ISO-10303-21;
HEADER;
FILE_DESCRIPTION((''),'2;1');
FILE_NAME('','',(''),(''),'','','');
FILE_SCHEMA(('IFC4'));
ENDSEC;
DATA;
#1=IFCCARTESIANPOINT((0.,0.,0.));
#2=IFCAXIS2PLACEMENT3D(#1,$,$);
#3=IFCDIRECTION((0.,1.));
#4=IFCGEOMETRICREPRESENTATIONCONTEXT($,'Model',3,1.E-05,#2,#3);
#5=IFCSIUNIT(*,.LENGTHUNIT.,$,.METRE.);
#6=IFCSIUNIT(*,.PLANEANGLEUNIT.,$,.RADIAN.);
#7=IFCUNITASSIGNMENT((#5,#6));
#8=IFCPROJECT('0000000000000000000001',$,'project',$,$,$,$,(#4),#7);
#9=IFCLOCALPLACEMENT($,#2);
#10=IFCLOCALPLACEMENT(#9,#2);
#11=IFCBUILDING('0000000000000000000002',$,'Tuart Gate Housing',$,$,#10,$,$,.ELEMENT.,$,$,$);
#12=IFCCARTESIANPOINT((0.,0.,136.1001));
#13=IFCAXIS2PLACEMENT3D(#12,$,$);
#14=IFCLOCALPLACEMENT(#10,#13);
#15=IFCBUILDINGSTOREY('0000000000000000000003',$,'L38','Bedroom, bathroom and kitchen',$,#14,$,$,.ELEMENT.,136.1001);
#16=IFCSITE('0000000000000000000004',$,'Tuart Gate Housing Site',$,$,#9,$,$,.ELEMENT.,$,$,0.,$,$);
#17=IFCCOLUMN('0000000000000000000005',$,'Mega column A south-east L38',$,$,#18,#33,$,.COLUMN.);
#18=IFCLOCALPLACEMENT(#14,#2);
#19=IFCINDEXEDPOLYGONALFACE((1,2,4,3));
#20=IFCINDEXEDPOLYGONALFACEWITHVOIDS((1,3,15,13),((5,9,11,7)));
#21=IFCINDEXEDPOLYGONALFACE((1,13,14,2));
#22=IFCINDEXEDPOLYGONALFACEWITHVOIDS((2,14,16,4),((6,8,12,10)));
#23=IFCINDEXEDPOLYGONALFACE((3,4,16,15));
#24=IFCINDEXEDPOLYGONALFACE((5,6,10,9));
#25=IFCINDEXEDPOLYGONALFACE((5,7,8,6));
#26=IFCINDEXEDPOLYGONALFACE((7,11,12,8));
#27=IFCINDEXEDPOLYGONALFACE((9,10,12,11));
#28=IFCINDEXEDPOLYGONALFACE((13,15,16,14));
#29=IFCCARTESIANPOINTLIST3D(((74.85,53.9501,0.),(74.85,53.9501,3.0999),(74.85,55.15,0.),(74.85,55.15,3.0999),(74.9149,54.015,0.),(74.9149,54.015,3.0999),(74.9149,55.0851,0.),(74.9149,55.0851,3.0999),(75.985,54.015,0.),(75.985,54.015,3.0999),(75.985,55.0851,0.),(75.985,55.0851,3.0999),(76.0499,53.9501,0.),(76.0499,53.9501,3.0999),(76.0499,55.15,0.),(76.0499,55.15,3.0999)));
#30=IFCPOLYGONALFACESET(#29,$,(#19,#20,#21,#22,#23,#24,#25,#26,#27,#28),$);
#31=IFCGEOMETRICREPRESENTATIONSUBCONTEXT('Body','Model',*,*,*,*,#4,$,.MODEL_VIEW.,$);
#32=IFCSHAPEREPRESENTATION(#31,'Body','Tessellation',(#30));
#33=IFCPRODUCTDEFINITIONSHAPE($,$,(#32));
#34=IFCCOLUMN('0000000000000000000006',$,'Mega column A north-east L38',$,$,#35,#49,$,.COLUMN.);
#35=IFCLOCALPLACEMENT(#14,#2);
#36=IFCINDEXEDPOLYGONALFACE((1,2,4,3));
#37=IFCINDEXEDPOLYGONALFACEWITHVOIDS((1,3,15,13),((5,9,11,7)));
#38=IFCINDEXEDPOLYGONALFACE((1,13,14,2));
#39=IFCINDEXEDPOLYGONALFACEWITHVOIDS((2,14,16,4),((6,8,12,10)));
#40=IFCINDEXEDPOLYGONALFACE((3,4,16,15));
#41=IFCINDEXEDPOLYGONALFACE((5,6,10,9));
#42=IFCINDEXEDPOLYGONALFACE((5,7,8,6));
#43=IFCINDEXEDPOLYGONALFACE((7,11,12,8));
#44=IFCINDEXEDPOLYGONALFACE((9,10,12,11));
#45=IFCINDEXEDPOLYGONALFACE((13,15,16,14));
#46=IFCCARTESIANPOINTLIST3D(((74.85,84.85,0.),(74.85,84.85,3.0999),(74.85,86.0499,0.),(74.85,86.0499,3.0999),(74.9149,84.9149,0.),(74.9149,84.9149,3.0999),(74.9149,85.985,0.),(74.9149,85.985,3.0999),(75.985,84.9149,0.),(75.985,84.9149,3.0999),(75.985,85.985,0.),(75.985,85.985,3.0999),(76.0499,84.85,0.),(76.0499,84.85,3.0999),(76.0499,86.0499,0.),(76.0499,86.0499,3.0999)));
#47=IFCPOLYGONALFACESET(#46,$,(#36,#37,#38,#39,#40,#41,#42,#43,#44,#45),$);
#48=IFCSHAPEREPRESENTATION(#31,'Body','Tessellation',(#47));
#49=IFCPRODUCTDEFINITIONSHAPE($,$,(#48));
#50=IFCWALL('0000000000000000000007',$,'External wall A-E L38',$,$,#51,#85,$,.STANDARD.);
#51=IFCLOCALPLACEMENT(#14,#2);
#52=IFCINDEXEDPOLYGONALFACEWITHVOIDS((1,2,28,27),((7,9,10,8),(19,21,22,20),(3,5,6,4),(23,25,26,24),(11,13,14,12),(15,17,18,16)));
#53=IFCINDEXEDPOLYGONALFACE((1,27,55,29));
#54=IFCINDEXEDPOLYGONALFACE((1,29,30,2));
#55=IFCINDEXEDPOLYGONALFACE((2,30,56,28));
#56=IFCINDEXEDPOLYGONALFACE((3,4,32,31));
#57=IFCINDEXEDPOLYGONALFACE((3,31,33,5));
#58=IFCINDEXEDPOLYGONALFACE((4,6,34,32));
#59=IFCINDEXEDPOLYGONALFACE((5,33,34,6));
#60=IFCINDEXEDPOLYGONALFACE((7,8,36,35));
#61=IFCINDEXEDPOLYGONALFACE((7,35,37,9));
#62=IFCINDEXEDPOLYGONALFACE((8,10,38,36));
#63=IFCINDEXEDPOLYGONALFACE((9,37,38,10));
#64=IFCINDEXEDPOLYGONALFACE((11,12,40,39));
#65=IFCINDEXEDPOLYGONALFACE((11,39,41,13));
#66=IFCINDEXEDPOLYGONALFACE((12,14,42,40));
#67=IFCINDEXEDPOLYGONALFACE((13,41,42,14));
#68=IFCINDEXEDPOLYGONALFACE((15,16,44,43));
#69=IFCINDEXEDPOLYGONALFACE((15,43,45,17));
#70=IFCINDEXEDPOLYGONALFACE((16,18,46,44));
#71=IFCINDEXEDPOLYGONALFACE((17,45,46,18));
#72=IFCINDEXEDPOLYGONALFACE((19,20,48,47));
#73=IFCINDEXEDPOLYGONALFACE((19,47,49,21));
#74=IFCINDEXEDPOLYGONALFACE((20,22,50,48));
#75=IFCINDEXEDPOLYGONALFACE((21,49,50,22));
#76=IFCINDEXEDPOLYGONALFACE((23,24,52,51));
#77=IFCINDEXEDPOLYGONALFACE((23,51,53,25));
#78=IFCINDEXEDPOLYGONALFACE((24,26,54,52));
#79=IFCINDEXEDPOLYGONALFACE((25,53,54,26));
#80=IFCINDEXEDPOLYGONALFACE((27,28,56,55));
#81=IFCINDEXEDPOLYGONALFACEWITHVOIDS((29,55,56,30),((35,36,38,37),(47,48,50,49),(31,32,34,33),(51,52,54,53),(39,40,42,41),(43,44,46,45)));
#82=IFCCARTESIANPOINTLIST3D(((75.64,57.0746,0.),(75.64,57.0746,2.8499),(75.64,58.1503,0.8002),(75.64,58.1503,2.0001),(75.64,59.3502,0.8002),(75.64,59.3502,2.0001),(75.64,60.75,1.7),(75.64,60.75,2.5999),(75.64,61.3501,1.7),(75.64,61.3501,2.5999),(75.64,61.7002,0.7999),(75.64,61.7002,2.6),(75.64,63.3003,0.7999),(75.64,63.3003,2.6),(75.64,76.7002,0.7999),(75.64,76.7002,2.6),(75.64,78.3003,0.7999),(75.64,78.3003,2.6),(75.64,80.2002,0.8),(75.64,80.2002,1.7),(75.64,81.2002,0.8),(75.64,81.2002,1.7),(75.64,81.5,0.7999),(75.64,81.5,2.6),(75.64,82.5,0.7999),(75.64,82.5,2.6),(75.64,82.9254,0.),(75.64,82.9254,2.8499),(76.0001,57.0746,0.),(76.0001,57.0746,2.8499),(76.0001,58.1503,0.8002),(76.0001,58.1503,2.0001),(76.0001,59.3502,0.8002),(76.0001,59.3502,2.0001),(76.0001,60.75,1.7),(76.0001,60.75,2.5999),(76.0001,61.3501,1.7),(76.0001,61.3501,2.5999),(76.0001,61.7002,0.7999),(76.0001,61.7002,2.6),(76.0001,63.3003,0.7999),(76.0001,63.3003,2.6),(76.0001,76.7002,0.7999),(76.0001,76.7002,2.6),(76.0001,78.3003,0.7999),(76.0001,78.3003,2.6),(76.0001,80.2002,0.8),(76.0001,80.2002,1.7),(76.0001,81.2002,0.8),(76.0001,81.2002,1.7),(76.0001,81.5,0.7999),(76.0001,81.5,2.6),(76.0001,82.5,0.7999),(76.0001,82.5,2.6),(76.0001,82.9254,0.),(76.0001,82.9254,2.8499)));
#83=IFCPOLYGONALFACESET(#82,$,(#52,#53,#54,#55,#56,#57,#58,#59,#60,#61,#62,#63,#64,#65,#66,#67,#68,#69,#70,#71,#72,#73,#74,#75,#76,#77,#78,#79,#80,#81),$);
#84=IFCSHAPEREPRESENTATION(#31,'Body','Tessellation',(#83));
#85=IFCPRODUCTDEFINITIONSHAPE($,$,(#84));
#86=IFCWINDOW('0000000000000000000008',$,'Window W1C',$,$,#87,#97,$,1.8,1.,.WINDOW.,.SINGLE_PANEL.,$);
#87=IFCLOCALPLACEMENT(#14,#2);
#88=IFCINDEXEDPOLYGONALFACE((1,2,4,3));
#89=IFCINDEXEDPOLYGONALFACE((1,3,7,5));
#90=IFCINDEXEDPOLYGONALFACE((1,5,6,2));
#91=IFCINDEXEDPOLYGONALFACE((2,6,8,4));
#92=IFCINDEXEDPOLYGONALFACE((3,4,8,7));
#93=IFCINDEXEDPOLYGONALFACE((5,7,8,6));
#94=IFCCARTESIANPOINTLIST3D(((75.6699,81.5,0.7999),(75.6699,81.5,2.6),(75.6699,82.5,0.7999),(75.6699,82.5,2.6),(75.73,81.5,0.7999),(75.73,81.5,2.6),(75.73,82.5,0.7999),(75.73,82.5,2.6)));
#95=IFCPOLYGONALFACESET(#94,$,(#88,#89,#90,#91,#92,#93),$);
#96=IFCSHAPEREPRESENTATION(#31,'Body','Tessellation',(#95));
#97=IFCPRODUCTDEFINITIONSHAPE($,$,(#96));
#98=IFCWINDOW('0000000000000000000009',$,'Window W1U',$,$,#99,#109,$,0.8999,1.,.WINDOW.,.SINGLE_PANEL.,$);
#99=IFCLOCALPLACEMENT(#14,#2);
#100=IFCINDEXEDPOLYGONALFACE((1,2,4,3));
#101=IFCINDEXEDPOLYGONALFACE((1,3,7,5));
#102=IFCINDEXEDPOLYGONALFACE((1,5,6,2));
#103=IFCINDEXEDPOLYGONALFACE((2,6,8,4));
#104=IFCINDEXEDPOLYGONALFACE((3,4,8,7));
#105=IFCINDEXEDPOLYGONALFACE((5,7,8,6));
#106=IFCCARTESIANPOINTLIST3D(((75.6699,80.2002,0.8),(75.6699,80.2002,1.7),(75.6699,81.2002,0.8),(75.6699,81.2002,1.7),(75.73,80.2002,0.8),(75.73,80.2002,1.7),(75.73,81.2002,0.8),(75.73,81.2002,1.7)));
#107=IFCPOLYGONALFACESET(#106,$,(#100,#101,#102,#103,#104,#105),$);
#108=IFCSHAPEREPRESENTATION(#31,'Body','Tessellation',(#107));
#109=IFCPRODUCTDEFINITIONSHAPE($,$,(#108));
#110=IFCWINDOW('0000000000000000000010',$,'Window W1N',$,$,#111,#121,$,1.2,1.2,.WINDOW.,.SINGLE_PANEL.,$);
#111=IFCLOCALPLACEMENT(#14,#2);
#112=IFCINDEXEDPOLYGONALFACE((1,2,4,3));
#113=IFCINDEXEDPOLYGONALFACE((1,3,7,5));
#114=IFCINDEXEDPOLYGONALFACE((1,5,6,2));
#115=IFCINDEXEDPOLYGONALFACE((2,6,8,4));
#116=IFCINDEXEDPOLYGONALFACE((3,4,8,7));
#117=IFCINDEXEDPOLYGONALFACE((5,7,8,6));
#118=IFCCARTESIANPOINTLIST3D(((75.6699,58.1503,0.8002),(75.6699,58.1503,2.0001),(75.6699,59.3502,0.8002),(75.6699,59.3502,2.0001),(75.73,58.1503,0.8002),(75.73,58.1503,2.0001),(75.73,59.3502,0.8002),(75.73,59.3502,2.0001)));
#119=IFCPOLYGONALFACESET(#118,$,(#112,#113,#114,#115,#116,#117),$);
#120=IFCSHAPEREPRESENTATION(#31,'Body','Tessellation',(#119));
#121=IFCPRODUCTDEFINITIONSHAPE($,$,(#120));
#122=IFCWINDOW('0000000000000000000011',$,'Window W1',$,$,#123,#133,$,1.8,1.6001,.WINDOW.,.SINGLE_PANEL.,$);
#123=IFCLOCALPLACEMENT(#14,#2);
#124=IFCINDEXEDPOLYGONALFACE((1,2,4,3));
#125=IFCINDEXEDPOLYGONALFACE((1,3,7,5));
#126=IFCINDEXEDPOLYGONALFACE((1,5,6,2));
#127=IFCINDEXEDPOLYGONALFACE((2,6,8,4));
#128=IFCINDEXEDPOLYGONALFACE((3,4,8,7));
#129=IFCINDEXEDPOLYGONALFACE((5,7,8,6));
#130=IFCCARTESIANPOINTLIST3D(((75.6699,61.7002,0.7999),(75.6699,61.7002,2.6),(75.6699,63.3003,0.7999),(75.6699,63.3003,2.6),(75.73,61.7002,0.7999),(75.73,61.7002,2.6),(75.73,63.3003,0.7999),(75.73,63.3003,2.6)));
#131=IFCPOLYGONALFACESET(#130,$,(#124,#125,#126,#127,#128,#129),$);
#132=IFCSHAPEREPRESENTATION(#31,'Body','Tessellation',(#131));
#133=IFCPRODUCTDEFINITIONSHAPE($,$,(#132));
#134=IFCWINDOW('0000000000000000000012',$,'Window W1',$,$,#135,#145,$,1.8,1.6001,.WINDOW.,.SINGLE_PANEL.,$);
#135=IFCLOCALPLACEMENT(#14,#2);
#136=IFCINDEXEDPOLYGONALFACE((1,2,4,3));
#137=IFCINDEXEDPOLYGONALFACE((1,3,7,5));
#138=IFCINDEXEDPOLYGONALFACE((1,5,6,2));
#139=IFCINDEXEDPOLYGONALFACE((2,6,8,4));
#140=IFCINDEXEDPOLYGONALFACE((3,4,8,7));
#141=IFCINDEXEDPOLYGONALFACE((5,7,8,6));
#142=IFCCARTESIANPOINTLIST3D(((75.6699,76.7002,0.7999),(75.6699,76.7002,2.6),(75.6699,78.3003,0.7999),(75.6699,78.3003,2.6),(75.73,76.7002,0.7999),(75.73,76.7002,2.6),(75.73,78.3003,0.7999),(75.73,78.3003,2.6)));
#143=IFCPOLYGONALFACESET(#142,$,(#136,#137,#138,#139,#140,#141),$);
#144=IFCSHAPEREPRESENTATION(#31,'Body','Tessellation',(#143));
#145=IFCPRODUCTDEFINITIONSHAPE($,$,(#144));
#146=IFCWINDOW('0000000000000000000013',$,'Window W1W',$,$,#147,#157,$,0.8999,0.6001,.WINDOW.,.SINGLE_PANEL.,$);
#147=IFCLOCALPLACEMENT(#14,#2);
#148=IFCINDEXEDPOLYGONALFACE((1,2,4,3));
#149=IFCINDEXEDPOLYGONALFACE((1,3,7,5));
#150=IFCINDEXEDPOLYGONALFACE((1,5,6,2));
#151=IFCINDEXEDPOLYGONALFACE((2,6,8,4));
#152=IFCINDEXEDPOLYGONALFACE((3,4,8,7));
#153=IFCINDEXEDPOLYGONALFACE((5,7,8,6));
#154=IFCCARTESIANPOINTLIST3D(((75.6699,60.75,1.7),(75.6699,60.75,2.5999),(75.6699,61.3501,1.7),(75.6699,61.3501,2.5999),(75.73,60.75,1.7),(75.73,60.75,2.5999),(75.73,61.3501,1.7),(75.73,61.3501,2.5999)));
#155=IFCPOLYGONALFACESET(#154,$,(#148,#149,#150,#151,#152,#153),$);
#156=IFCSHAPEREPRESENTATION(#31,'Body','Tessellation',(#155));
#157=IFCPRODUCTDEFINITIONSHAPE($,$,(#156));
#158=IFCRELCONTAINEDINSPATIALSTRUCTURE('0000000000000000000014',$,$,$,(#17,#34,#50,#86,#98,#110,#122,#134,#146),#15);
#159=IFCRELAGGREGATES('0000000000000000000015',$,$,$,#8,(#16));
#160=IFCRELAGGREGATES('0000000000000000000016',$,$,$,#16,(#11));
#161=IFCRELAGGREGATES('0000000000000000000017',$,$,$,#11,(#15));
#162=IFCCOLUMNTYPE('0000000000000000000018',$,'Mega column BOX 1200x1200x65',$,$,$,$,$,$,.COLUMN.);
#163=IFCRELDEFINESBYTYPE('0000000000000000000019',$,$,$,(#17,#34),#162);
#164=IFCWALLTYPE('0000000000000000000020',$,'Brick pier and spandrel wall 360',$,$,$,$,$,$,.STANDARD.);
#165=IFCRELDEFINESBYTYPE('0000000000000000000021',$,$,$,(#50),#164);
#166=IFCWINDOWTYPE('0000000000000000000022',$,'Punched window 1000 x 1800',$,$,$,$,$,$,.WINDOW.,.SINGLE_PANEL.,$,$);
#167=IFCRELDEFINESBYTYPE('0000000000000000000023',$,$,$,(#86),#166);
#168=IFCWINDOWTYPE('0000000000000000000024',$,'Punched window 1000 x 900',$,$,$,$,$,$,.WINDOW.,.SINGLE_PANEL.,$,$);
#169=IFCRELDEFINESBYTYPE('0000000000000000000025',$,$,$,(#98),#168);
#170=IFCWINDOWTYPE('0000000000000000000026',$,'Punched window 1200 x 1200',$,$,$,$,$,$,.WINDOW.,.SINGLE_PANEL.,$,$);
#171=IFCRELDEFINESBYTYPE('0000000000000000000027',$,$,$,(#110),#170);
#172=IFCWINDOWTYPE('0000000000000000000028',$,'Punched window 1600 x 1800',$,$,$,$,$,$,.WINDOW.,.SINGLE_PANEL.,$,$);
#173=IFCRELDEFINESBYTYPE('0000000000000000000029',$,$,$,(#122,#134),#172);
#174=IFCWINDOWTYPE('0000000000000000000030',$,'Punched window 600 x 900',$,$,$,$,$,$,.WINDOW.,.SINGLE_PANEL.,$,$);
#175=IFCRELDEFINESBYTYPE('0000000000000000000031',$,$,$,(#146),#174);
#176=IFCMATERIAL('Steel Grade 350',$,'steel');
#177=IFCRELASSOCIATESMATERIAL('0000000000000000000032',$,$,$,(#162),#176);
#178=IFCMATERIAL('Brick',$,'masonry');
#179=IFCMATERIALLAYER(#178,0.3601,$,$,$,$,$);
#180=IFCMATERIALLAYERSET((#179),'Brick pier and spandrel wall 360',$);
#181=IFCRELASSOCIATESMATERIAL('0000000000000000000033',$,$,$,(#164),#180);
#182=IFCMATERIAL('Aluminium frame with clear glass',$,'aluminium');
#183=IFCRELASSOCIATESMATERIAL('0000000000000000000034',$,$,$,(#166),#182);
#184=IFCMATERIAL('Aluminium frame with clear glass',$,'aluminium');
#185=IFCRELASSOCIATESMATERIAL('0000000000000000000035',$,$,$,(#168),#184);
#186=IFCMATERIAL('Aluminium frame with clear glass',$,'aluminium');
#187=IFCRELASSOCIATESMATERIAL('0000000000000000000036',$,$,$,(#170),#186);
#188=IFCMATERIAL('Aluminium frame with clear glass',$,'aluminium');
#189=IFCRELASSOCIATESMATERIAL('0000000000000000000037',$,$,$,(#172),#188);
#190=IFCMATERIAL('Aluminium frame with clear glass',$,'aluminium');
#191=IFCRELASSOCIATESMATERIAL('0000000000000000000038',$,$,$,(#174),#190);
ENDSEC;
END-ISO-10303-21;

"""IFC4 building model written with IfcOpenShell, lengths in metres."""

from ifc_helpers import new_model, si_unit, direction, frame, frame_2d, origin, origin_2d, place, context, subcontext, project, spatial, rectangle, hollow_rectangle, extrude, material, layer, layer_set, material_profile, profile_set, type_object, element, fill, save


model = new_model("IFC4")

# Units and contexts
model_context = context("Model", 3, precision=1e-05, world=origin(), true_north=direction((0.0, 1.0)))
body_context = subcontext(model_context, "Body", "Model", "MODEL_VIEW")
ifc_project = project(units=[si_unit("LENGTHUNIT", "METRE"), si_unit("PLANEANGLEUNIT", "RADIAN")], contexts=[model_context])

# Site, building, storey
site_placement = place(None, origin())
site = spatial("IfcSite", under=ifc_project, at=site_placement, Name="Tuart Gate Housing Site", CompositionType="ELEMENT", RefElevation=0.0)
building_placement = place(site_placement, origin())
building = spatial("IfcBuilding", under=site, at=building_placement, Name="Tuart Gate Housing", CompositionType="ELEMENT")
storey_placement = place(building_placement, frame((0.0, 0.0, 136.1001)))
storey = spatial("IfcBuildingStorey", under=building, at=storey_placement, Name="L38", Description="Bedroom, bathroom and kitchen", CompositionType="ELEMENT", Elevation=136.1001)

# Columns
ifc_material_1 = material(Name="Steel Grade 350", Category="steel")
ifc_material_profile = material_profile(ifc_material_1, hollow_rectangle(XDim=1.2, YDim=1.2, WallThickness=0.0649, at=origin_2d()), Name="BOX 1200x1200x65")
ifc_profile_set = profile_set([ifc_material_profile], Name="Steel Grade 350")
column_type = type_object("IfcColumnType", Name="Mega column BOX 1200x1200x65", PredefinedType="COLUMN", material=ifc_profile_set)
for number, where, z_axis, x_axis, name in (
    (1, (75.45, 54.55, 0.0), (0.0, 0.0, 1.0), (1.0, 0.0, 0.0), "Mega column A south-east L38"),
    (2, (75.45, 85.45, 0.0), (0.0, 0.0, 1.0), (1.0, 0.0, 0.0), "Mega column A north-east L38"),
):
    element("IfcColumn", number, at=place(storey_placement, frame(where, z_axis=z_axis, x_axis=x_axis)), inside=storey, type_object=column_type, Name=name, PredefinedType="COLUMN", context=body_context, shape_type="SweptSolid", body=[
        extrude(hollow_rectangle(XDim=1.2, YDim=1.2, WallThickness=0.0649, at=origin_2d()), origin(), (0.0, 0.0, 1.0), 3.0999),
    ])

# Wall, openings, windows
ifc_material_2 = material(Name="Brick", Category="masonry")
ifc_layer_1 = layer(ifc_material_2, 0.3601)
ifc_layer_set_1 = layer_set([ifc_layer_1], Name="Brick pier and spandrel wall 360")
wall_type_1 = type_object("IfcWallType", Name="Brick pier and spandrel wall 360", PredefinedType="STANDARD", material=ifc_layer_set_1)
wall_1_placement = place(storey_placement, frame((75.8201, 57.0747, 0.0), z_axis=(0.0, 0.0, 1.0), x_axis=(0.0, 1.0, 0.0)))
wall_1 = element("IfcWall", 3, at=wall_1_placement, inside=storey, type_object=wall_type_1, Name="External wall A-E L38", PredefinedType="STANDARD", context=body_context, shape_type="SweptSolid", body=[
    extrude(rectangle(XDim=25.8508, YDim=0.3601, at=frame_2d((12.9253, 0.0))), origin(), (0.0, 0.0, 1.0), 2.8499),
])
opening_1_placement = place(wall_1_placement, frame((1.0754, 0.0, 0.8)))
opening_1 = element("IfcOpeningElement", 4, at=opening_1_placement, cuts=wall_1, PredefinedType="OPENING", context=body_context, shape_type="SweptSolid", body=[
    extrude(rectangle(XDim=1.2, YDim=1.2, at=frame_2d((0.6001, 0.6001))), frame((0.0, 0.1899, 0.0), z_axis=(0.0, -1.0, 0.0), x_axis=(1.0, 0.0, 0.0)), (0.0, 0.0, 1.0), 0.3801),
])
opening_2_placement = place(wall_1_placement, frame((4.6255, 0.0, 0.8)))
opening_2 = element("IfcOpeningElement", 5, at=opening_2_placement, cuts=wall_1, PredefinedType="OPENING", context=body_context, shape_type="SweptSolid", body=[
    extrude(rectangle(XDim=1.6001, YDim=1.8, at=frame_2d((0.8, 0.8999))), frame((0.0, 0.1899, 0.0), z_axis=(0.0, -1.0, 0.0), x_axis=(1.0, 0.0, 0.0)), (0.0, 0.0, 1.0), 0.3801),
])
opening_3_placement = place(wall_1_placement, frame((19.6255, 0.0, 0.8)))
opening_3 = element("IfcOpeningElement", 6, at=opening_3_placement, cuts=wall_1, PredefinedType="OPENING", context=body_context, shape_type="SweptSolid", body=[
    extrude(rectangle(XDim=1.6001, YDim=1.8, at=frame_2d((0.8, 0.8999))), frame((0.0, 0.1899, 0.0), z_axis=(0.0, -1.0, 0.0), x_axis=(1.0, 0.0, 0.0)), (0.0, 0.0, 1.0), 0.3801),
])
opening_4_placement = place(wall_1_placement, frame((23.1255, 0.0, 0.8)))
opening_4 = element("IfcOpeningElement", 7, at=opening_4_placement, cuts=wall_1, PredefinedType="OPENING", context=body_context, shape_type="SweptSolid", body=[
    extrude(rectangle(XDim=1.0, YDim=0.8999, at=frame_2d((0.5, 0.45))), frame((0.0, 0.1899, 0.0), z_axis=(0.0, -1.0, 0.0), x_axis=(1.0, 0.0, 0.0)), (0.0, 0.0, 1.0), 0.3801),
])
opening_5_placement = place(wall_1_placement, frame((3.6753, 0.0, 1.7)))
opening_5 = element("IfcOpeningElement", 8, at=opening_5_placement, cuts=wall_1, PredefinedType="OPENING", context=body_context, shape_type="SweptSolid", body=[
    extrude(rectangle(XDim=0.6001, YDim=0.8999, at=frame_2d((0.3, 0.45))), frame((0.0, 0.1899, 0.0), z_axis=(0.0, -1.0, 0.0), x_axis=(1.0, 0.0, 0.0)), (0.0, 0.0, 1.0), 0.3801),
])
opening_6_placement = place(wall_1_placement, frame((24.4253, 0.0, 0.8)))
opening_6 = element("IfcOpeningElement", 9, at=opening_6_placement, cuts=wall_1, PredefinedType="OPENING", context=body_context, shape_type="SweptSolid", body=[
    extrude(rectangle(XDim=1.0, YDim=1.8, at=frame_2d((0.5, 0.8999))), frame((0.0, 0.1899, 0.0), z_axis=(0.0, -1.0, 0.0), x_axis=(1.0, 0.0, 0.0)), (0.0, 0.0, 1.0), 0.3801),
])
ifc_material_3 = material(Name="Aluminium frame with clear glass", Category="aluminium")
window_type_1 = type_object("IfcWindowType", Name="Punched window 1000 x 1800", PartitioningType="SINGLE_PANEL", PredefinedType="WINDOW", material=ifc_material_3)
window_1_placement = place(opening_6_placement, origin())
window_1 = element("IfcWindow", 10, at=window_1_placement, inside=storey, type_object=window_type_1, Name="Window W1C", OverallHeight=1.8, OverallWidth=1.0, PartitioningType="SINGLE_PANEL", PredefinedType="WINDOW", context=body_context, shape_type="SweptSolid", body=[
    extrude(rectangle(XDim=1.0, YDim=1.8, at=frame_2d((0.5, 0.8999))), frame((0.0, 0.1501, 0.0), z_axis=(0.0, -1.0, 0.0), x_axis=(1.0, 0.0, 0.0)), (0.0, 0.0, 1.0), 0.0601),
])
fill(opening_6, window_1)
ifc_material_4 = material(Name="Aluminium frame with clear glass", Category="aluminium")
window_type_2 = type_object("IfcWindowType", Name="Punched window 1000 x 900", PartitioningType="SINGLE_PANEL", PredefinedType="WINDOW", material=ifc_material_4)
window_2_placement = place(opening_4_placement, origin())
window_2 = element("IfcWindow", 11, at=window_2_placement, inside=storey, type_object=window_type_2, Name="Window W1U", OverallHeight=0.8999, OverallWidth=1.0, PartitioningType="SINGLE_PANEL", PredefinedType="WINDOW", context=body_context, shape_type="SweptSolid", body=[
    extrude(rectangle(XDim=1.0, YDim=0.8999, at=frame_2d((0.5, 0.45))), frame((0.0, 0.1501, 0.0), z_axis=(0.0, -1.0, 0.0), x_axis=(1.0, 0.0, 0.0)), (0.0, 0.0, 1.0), 0.0601),
])
fill(opening_4, window_2)
ifc_material_5 = material(Name="Aluminium frame with clear glass", Category="aluminium")
window_type_3 = type_object("IfcWindowType", Name="Punched window 1200 x 1200", PartitioningType="SINGLE_PANEL", PredefinedType="WINDOW", material=ifc_material_5)
window_3_placement = place(opening_1_placement, origin())
window_3 = element("IfcWindow", 12, at=window_3_placement, inside=storey, type_object=window_type_3, Name="Window W1N", OverallHeight=1.2, OverallWidth=1.2, PartitioningType="SINGLE_PANEL", PredefinedType="WINDOW", context=body_context, shape_type="SweptSolid", body=[
    extrude(rectangle(XDim=1.2, YDim=1.2, at=frame_2d((0.6001, 0.6001))), frame((0.0, 0.1501, 0.0), z_axis=(0.0, -1.0, 0.0), x_axis=(1.0, 0.0, 0.0)), (0.0, 0.0, 1.0), 0.0601),
])
fill(opening_1, window_3)
ifc_material_6 = material(Name="Aluminium frame with clear glass", Category="aluminium")
window_type_4 = type_object("IfcWindowType", Name="Punched window 1600 x 1800", PartitioningType="SINGLE_PANEL", PredefinedType="WINDOW", material=ifc_material_6)
window_4_placement = place(opening_2_placement, origin())
window_4 = element("IfcWindow", 13, at=window_4_placement, inside=storey, type_object=window_type_4, Name="Window W1", OverallHeight=1.8, OverallWidth=1.6001, PartitioningType="SINGLE_PANEL", PredefinedType="WINDOW", context=body_context, shape_type="SweptSolid", body=[
    extrude(rectangle(XDim=1.6001, YDim=1.8, at=frame_2d((0.8, 0.8999))), frame((0.0, 0.1501, 0.0), z_axis=(0.0, -1.0, 0.0), x_axis=(1.0, 0.0, 0.0)), (0.0, 0.0, 1.0), 0.0601),
])
fill(opening_2, window_4)
window_5_placement = place(opening_3_placement, origin())
window_5 = element("IfcWindow", 14, at=window_5_placement, inside=storey, type_object=window_type_4, Name="Window W1", OverallHeight=1.8, OverallWidth=1.6001, PartitioningType="SINGLE_PANEL", PredefinedType="WINDOW", context=body_context, shape_type="SweptSolid", body=[
    extrude(rectangle(XDim=1.6001, YDim=1.8, at=frame_2d((0.8, 0.8999))), frame((0.0, 0.1501, 0.0), z_axis=(0.0, -1.0, 0.0), x_axis=(1.0, 0.0, 0.0)), (0.0, 0.0, 1.0), 0.0601),
])
fill(opening_3, window_5)
ifc_material_7 = material(Name="Aluminium frame with clear glass", Category="aluminium")
window_type_5 = type_object("IfcWindowType", Name="Punched window 600 x 900", PartitioningType="SINGLE_PANEL", PredefinedType="WINDOW", material=ifc_material_7)
window_6_placement = place(opening_5_placement, origin())
window_6 = element("IfcWindow", 15, at=window_6_placement, inside=storey, type_object=window_type_5, Name="Window W1W", OverallHeight=0.8999, OverallWidth=0.6001, PartitioningType="SINGLE_PANEL", PredefinedType="WINDOW", context=body_context, shape_type="SweptSolid", body=[
    extrude(rectangle(XDim=0.6001, YDim=0.8999, at=frame_2d((0.3, 0.45))), frame((0.0, 0.1501, 0.0), z_axis=(0.0, -1.0, 0.0), x_axis=(1.0, 0.0, 0.0)), (0.0, 0.0, 1.0), 0.0601),
])
fill(opening_5, window_6)

save(model, "model.ifc")
